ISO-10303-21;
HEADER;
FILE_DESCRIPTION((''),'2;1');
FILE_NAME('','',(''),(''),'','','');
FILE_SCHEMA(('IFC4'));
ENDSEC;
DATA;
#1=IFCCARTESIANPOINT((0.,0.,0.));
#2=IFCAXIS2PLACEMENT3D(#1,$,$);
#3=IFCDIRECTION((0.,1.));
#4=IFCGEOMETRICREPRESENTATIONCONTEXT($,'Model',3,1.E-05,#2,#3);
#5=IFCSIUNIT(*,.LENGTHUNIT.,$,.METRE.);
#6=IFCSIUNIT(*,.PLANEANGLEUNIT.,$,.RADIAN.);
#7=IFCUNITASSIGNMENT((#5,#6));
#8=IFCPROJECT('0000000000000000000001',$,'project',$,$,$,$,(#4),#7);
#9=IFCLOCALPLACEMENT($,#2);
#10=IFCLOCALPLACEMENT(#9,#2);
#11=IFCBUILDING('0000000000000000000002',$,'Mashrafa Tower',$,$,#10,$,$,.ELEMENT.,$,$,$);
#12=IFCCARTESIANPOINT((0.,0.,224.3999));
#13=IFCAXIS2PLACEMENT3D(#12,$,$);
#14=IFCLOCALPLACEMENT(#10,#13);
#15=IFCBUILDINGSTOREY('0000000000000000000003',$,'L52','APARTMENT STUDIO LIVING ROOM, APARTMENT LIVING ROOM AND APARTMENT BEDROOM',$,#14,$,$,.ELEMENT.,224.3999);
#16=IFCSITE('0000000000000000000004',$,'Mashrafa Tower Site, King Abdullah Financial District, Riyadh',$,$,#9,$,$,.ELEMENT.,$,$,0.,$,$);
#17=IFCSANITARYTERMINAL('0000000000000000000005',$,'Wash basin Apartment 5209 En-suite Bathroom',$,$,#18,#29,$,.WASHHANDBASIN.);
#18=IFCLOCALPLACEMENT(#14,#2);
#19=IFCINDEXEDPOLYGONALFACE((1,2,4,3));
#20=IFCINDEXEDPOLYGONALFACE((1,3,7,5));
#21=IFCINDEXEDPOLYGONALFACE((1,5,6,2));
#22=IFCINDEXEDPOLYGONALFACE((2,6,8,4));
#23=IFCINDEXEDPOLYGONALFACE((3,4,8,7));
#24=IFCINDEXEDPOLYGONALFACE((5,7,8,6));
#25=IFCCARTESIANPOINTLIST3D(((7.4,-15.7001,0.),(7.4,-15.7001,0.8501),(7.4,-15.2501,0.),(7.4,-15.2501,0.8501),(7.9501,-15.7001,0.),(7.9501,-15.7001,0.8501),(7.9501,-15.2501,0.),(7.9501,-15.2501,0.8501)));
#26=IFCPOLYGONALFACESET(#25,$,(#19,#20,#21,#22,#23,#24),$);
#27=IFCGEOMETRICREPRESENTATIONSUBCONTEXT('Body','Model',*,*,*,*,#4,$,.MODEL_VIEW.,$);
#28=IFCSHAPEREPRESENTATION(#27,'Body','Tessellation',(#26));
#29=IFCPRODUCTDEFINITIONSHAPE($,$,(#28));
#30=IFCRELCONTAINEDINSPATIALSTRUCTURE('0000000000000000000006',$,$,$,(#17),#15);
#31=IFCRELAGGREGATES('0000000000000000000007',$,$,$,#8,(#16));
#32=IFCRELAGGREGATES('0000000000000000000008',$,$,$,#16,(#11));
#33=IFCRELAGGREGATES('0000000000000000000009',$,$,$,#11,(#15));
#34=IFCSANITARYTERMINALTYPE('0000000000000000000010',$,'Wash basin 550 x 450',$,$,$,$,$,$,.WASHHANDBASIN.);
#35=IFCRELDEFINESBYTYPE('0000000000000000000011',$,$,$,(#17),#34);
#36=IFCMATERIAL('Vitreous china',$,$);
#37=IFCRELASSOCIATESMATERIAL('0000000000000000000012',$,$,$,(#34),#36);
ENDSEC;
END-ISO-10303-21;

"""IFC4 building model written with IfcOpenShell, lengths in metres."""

from ifc_helpers import new_model, si_unit, direction, frame, origin, origin_2d, place, context, subcontext, project, spatial, rectangle, extrude, material, type_object, element, save


model = new_model("IFC4")

# Units and contexts
model_context = context("Model", 3, precision=1e-05, world=origin(), true_north=direction((0.0, 1.0)))
body_context = subcontext(model_context, "Body", "Model", "MODEL_VIEW")
ifc_project = project(units=[si_unit("LENGTHUNIT", "METRE"), si_unit("PLANEANGLEUNIT", "RADIAN")], contexts=[model_context])

# Site, building, storey
site_placement = place(None, origin())
site = spatial("IfcSite", under=ifc_project, at=site_placement, Name="Mashrafa Tower Site, King Abdullah Financial District, Riyadh", CompositionType="ELEMENT", RefElevation=0.0)
building_placement = place(site_placement, origin())
building = spatial("IfcBuilding", under=site, at=building_placement, Name="Mashrafa Tower", CompositionType="ELEMENT")
storey_placement = place(building_placement, frame((0.0, 0.0, 224.3999)))
storey = spatial("IfcBuildingStorey", under=building, at=storey_placement, Name="L52", Description="APARTMENT STUDIO LIVING ROOM, APARTMENT LIVING ROOM AND APARTMENT BEDROOM", CompositionType="ELEMENT", Elevation=224.3999)

# Sanitary terminal
ifc_material_1 = material(Name="Vitreous china")
sanitary_terminal_type_1 = type_object("IfcSanitaryTerminalType", Name="Wash basin 550 x 450", PredefinedType="WASHHANDBASIN", material=ifc_material_1)
sanitary_terminal_1_placement = place(storey_placement, frame((7.675, -15.4751, 0.0), z_axis=(0.0, 0.0, 1.0), x_axis=(1.0, 0.0, 0.0)))
element("IfcSanitaryTerminal", 1, at=sanitary_terminal_1_placement, inside=storey, type_object=sanitary_terminal_type_1, Name="Wash basin Apartment 5209 En-suite Bathroom", PredefinedType="WASHHANDBASIN", context=body_context, shape_type="SweptSolid", body=[
    extrude(rectangle(XDim=0.55, YDim=0.45, at=origin_2d()), origin(), (0.0, 0.0, 1.0), 0.8501),
])

save(model, "model.ifc")
